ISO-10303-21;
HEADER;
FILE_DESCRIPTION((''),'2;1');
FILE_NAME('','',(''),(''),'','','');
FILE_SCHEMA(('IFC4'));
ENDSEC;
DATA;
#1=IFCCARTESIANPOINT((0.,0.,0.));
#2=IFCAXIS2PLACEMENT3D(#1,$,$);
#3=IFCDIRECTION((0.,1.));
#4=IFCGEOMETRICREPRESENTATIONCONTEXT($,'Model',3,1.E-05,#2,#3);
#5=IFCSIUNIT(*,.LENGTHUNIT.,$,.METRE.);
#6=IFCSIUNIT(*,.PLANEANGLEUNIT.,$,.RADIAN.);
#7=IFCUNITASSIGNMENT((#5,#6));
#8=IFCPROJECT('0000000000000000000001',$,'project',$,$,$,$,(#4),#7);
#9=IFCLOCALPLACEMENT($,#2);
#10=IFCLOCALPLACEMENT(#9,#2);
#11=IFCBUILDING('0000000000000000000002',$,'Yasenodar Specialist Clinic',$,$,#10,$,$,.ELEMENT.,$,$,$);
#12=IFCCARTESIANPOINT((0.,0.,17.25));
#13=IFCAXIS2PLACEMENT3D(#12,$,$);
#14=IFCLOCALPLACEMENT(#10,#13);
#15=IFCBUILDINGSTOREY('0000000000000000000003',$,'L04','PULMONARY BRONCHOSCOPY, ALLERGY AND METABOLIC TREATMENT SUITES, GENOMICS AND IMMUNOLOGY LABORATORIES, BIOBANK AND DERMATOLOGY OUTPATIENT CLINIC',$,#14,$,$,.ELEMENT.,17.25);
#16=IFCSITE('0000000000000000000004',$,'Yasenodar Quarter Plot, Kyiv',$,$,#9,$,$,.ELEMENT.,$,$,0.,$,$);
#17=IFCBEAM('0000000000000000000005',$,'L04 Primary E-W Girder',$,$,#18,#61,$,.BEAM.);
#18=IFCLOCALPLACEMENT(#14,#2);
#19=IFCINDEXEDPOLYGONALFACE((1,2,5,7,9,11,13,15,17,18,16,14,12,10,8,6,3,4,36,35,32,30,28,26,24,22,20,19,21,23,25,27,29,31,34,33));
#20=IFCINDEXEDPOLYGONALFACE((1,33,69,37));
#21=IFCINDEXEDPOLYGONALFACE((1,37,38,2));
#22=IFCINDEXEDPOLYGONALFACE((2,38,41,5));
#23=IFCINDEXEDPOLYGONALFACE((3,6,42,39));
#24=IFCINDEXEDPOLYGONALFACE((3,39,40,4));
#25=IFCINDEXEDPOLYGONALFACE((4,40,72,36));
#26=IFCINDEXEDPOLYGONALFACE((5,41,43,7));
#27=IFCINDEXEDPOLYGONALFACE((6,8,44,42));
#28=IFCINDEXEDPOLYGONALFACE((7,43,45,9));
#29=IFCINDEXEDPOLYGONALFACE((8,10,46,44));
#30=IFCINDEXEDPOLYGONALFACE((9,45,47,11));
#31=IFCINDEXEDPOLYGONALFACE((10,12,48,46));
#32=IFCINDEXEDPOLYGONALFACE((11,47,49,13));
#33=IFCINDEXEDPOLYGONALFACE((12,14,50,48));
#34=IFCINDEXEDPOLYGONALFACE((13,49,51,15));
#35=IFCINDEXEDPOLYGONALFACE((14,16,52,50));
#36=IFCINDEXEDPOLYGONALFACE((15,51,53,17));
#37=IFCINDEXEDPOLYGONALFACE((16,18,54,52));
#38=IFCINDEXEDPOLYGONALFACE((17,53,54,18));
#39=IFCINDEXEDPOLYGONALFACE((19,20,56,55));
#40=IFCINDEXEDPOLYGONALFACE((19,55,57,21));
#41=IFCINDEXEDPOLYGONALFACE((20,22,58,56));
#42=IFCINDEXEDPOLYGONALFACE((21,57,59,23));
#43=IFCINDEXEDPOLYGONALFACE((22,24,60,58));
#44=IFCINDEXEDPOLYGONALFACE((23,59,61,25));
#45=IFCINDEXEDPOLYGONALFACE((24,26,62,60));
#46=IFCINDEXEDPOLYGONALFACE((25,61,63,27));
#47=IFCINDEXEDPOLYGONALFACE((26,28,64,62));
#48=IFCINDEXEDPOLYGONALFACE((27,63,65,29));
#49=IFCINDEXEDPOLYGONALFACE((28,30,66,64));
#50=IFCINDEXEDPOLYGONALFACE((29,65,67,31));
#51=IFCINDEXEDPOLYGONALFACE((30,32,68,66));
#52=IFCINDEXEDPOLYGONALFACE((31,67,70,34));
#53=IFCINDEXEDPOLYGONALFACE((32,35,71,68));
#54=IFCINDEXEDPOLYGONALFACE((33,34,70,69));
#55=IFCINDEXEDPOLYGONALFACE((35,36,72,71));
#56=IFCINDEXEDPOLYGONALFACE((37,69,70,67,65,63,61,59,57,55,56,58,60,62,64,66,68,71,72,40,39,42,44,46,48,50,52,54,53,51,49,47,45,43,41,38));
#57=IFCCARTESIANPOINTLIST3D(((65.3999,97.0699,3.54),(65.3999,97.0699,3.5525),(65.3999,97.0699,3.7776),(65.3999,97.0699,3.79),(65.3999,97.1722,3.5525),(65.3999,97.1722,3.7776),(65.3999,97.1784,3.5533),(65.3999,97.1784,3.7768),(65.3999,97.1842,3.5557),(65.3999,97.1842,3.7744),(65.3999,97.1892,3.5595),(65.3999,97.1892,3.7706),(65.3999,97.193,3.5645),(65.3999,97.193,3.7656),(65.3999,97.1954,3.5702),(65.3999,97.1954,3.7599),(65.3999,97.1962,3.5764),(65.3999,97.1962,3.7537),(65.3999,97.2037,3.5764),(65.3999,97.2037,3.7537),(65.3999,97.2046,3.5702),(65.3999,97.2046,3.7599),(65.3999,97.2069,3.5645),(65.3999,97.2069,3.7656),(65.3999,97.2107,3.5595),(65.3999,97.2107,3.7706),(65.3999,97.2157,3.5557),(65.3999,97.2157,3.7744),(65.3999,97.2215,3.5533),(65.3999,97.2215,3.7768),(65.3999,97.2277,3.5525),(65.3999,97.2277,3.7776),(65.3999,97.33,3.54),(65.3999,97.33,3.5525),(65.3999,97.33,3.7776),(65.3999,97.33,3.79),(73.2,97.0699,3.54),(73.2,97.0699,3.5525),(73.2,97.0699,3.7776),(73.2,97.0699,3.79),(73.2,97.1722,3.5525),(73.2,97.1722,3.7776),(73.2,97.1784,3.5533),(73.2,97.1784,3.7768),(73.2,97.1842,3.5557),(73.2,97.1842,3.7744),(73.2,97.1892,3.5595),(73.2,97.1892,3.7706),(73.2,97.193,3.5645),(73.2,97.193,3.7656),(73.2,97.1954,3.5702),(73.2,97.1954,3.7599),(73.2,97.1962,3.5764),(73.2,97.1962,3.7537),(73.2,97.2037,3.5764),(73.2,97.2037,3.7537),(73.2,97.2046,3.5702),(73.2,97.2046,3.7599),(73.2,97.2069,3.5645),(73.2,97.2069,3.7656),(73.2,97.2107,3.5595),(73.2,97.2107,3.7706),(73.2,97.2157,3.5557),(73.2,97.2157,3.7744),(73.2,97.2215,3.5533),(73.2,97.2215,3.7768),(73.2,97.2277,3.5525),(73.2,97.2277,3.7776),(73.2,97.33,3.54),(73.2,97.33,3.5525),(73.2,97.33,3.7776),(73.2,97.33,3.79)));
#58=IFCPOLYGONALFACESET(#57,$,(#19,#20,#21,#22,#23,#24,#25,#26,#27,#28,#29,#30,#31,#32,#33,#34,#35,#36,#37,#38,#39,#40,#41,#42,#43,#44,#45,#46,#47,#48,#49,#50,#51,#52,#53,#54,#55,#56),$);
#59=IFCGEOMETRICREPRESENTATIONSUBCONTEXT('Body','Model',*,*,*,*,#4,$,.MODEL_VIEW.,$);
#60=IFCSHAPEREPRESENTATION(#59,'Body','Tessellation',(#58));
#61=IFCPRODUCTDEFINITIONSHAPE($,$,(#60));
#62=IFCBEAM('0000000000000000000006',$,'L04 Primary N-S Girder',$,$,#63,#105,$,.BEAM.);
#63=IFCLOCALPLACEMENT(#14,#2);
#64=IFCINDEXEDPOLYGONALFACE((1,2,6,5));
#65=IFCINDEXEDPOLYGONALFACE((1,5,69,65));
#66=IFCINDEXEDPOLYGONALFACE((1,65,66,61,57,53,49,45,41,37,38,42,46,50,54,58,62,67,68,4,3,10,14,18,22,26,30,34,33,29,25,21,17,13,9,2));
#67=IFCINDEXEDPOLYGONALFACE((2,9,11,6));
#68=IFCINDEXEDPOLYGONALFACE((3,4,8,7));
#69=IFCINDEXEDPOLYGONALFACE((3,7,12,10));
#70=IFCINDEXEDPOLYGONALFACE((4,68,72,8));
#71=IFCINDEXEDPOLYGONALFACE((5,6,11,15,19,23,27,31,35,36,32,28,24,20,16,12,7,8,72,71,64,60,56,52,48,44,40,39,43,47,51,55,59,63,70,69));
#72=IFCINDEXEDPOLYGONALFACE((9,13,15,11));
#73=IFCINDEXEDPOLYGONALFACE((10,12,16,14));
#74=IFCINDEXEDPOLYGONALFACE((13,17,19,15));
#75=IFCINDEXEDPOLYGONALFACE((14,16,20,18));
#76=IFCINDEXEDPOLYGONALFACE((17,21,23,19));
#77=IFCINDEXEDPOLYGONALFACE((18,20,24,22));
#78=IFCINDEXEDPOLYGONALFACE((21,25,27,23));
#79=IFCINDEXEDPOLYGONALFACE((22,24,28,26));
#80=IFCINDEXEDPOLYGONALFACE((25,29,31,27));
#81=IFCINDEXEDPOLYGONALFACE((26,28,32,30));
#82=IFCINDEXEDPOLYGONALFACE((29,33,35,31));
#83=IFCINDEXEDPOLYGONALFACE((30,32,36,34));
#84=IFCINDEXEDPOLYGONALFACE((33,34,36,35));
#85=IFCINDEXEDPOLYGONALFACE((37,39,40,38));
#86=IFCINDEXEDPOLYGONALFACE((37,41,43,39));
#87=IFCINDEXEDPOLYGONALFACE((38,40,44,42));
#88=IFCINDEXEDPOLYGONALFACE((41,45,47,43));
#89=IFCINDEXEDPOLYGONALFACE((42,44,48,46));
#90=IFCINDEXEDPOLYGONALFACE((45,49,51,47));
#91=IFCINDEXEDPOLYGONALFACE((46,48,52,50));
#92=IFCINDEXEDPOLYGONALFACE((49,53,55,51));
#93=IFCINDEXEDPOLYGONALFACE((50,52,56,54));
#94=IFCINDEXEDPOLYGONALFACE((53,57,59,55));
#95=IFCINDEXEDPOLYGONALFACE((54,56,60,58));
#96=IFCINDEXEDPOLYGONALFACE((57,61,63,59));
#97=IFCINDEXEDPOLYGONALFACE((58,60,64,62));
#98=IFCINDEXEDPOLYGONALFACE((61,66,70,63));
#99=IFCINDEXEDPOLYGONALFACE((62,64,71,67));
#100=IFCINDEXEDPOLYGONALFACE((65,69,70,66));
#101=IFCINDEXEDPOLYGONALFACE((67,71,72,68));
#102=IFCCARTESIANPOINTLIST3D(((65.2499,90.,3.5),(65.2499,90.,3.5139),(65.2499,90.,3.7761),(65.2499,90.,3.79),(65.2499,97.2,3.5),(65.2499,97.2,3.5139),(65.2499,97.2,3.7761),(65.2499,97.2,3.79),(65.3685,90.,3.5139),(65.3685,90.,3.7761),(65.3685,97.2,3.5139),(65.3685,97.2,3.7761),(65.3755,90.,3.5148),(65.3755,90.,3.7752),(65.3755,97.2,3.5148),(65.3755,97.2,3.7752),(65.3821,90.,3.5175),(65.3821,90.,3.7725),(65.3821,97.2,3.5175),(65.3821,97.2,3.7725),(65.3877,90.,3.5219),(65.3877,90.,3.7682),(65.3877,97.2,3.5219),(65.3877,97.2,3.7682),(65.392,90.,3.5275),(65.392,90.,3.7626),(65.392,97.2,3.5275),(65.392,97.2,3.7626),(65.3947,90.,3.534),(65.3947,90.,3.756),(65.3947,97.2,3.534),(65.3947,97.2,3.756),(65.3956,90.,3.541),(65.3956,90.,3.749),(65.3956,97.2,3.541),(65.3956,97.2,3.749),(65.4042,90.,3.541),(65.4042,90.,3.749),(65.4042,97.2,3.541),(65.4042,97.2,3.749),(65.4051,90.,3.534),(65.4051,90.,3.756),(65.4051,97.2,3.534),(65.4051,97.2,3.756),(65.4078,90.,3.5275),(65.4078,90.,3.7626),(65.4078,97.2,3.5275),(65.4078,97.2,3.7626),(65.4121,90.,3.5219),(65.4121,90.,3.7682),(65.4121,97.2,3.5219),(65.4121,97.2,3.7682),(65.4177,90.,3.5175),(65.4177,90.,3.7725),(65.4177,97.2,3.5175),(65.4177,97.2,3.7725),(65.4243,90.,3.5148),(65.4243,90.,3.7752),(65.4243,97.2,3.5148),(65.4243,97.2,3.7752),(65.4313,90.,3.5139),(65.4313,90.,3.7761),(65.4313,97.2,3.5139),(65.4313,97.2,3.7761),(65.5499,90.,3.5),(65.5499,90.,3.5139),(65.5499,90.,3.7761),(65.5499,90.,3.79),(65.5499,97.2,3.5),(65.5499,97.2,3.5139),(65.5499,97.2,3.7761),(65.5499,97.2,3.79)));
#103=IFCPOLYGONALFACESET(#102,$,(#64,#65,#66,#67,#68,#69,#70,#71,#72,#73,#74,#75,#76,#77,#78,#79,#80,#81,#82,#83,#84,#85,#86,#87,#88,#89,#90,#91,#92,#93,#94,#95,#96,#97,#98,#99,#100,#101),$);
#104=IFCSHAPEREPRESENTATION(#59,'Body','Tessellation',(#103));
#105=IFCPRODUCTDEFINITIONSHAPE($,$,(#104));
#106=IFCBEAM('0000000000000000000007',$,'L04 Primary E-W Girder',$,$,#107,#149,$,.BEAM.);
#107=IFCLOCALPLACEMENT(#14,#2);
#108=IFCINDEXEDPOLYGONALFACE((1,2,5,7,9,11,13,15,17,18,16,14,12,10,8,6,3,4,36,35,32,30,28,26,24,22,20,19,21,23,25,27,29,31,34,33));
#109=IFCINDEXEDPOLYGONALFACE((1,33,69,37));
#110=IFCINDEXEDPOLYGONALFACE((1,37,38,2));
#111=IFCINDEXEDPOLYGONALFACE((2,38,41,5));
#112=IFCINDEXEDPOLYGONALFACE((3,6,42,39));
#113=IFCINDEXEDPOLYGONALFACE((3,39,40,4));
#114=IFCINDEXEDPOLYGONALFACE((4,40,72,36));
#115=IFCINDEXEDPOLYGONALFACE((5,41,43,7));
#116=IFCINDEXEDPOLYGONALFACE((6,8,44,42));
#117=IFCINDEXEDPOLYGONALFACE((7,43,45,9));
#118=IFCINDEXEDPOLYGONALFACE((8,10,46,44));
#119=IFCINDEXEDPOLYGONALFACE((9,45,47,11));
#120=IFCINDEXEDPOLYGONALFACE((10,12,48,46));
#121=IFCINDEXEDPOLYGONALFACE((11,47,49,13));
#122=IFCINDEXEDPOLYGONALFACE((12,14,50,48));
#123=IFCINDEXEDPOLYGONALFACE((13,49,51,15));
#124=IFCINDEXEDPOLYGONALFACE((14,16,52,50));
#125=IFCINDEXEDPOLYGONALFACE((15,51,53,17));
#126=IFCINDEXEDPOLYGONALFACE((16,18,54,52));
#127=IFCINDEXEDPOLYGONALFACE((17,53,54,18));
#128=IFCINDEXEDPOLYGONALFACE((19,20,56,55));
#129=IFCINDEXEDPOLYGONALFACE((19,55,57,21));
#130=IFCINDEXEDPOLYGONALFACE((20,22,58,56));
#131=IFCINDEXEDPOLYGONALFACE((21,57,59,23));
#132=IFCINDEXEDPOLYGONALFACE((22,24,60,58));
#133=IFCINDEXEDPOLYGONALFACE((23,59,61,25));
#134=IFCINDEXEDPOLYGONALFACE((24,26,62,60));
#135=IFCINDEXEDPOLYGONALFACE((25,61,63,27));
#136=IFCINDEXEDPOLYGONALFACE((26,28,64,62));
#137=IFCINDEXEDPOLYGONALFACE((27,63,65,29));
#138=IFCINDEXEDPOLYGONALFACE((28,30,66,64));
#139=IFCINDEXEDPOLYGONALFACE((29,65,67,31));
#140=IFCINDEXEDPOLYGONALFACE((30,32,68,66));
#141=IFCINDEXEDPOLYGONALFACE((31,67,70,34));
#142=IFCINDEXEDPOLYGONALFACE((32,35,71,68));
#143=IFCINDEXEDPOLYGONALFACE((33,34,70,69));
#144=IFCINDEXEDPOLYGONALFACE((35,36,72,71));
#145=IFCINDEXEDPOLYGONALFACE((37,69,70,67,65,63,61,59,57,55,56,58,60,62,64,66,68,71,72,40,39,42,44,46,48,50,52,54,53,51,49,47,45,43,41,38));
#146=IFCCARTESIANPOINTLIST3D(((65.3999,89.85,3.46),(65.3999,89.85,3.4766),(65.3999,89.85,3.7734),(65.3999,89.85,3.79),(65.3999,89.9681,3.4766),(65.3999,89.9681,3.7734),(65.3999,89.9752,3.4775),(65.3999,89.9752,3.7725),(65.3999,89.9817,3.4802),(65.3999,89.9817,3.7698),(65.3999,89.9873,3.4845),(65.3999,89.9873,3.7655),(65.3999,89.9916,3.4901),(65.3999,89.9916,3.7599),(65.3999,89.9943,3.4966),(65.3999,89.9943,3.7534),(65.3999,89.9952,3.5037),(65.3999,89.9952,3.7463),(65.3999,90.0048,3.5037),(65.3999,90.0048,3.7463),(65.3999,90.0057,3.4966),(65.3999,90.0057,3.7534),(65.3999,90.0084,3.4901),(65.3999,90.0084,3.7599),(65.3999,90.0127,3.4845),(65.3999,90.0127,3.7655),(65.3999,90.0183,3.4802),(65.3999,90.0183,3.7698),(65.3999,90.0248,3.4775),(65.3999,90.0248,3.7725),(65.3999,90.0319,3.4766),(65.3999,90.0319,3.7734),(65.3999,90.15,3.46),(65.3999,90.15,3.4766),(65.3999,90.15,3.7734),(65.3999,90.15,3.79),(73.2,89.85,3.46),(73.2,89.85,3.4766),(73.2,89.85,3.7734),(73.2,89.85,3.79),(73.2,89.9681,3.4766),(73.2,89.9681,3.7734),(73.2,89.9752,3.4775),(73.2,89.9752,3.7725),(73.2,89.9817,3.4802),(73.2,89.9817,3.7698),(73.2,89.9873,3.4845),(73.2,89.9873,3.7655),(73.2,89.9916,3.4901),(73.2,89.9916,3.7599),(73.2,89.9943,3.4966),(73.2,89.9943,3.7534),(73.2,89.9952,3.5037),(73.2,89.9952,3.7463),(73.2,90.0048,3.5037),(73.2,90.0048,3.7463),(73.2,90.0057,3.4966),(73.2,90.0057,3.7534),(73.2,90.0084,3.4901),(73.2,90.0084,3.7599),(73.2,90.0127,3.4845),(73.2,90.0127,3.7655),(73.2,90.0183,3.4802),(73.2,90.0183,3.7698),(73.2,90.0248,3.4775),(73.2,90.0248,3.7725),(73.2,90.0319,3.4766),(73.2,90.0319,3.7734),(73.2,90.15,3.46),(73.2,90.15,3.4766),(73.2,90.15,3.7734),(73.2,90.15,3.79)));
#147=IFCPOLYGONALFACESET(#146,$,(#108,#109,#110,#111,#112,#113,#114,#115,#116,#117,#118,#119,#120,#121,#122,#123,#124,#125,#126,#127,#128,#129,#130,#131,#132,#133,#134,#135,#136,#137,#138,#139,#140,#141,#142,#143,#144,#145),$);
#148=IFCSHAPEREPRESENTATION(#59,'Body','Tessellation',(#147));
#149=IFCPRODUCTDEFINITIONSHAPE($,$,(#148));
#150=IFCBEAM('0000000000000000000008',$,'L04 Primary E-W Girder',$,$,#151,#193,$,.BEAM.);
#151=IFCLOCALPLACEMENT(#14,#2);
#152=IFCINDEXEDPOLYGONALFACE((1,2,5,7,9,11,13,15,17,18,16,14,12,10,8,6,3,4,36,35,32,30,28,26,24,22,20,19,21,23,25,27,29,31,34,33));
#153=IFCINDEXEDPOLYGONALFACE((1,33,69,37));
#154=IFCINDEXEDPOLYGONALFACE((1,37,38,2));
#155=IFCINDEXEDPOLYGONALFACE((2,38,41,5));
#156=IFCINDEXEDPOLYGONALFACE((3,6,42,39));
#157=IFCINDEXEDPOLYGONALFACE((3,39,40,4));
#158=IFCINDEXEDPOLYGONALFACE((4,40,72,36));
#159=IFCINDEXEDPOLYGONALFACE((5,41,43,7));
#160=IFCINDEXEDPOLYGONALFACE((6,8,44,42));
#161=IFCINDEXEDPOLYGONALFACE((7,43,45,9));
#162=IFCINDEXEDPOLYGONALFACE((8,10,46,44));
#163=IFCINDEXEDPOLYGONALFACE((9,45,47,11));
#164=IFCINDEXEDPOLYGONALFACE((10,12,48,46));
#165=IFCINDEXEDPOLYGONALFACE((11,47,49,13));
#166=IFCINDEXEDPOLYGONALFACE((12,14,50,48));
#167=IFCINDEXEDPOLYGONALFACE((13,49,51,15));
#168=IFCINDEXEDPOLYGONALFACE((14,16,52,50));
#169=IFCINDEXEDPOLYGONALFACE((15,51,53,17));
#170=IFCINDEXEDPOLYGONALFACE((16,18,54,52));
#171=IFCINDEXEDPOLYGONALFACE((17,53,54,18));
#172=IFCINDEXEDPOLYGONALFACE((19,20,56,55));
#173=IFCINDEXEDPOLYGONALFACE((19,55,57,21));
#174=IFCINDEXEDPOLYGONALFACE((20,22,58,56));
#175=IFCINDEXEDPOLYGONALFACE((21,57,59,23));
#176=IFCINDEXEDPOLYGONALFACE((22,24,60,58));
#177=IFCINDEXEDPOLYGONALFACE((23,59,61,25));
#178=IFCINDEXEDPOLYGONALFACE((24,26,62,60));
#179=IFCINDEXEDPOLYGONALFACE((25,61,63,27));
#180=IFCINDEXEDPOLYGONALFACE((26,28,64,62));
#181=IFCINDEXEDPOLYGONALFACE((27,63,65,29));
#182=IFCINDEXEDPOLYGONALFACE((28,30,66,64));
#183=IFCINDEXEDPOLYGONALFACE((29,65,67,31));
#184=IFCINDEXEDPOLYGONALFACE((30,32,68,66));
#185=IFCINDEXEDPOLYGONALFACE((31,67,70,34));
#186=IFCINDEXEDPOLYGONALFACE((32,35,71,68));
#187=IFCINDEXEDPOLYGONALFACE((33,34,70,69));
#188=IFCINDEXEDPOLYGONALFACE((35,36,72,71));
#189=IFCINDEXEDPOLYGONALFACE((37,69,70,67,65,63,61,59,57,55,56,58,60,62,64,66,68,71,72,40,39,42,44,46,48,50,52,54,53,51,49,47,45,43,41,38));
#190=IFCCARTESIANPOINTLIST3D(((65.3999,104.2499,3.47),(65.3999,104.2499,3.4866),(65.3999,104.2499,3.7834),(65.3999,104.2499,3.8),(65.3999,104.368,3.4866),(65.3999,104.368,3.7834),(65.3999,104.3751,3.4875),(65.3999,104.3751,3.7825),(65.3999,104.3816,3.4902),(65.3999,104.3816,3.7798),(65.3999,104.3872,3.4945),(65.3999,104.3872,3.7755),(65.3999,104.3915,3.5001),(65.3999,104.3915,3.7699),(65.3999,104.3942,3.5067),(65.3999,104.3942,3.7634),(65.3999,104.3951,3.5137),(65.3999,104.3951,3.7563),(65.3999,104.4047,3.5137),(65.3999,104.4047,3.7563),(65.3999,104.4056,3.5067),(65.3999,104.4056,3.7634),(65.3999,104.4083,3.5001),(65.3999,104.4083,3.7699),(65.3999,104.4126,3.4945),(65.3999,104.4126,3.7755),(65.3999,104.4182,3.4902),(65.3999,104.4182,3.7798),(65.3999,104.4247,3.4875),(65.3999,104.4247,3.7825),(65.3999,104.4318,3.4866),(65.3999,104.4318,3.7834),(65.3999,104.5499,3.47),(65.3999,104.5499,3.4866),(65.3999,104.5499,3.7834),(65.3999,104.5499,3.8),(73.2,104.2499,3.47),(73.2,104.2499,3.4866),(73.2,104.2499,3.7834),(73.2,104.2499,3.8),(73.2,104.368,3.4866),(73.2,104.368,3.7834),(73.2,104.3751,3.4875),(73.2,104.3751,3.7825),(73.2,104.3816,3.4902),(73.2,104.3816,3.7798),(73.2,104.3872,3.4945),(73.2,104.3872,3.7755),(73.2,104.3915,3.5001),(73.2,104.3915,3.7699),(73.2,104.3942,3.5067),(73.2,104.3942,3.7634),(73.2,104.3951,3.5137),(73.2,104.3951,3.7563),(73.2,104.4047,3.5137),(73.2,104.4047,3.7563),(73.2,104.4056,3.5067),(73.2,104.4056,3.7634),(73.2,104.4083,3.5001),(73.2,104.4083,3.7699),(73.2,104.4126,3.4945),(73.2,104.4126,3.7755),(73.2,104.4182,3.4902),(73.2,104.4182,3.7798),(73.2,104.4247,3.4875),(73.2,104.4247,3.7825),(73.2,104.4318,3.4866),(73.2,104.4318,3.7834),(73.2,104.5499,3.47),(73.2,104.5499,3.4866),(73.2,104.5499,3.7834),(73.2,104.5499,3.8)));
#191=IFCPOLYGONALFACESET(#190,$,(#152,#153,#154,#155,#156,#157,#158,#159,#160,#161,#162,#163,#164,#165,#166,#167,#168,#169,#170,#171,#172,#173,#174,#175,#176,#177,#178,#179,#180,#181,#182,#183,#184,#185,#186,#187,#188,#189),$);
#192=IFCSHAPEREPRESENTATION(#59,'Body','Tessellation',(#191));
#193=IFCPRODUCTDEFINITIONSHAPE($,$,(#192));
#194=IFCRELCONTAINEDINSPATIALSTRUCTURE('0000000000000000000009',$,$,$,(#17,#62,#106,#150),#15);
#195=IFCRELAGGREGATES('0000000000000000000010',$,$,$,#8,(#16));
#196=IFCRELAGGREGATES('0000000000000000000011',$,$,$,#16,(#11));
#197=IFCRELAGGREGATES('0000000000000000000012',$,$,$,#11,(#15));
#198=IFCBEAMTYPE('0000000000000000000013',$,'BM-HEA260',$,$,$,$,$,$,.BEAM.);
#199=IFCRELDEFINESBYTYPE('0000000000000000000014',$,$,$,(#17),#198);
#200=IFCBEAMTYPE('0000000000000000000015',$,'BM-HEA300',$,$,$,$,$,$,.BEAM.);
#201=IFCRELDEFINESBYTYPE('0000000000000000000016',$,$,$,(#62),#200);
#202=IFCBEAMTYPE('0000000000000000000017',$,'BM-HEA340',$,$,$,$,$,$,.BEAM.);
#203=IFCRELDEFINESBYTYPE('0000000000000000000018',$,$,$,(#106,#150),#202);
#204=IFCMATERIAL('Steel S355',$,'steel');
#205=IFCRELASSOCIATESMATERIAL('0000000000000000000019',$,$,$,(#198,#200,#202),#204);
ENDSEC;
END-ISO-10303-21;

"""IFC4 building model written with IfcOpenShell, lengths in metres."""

from ifc_helpers import new_model, si_unit, direction, frame, origin, origin_2d, place, context, subcontext, project, spatial, i_section, extrude, material, material_profile, profile_set, type_object, element, save


model = new_model("IFC4")

# Units and contexts
model_context = context("Model", 3, precision=1e-05, world=origin(), true_north=direction((0.0, 1.0)))
body_context = subcontext(model_context, "Body", "Model", "MODEL_VIEW")
ifc_project = project(units=[si_unit("LENGTHUNIT", "METRE"), si_unit("PLANEANGLEUNIT", "RADIAN")], contexts=[model_context])

# Site, building, storey
site_placement = place(None, origin())
site = spatial("IfcSite", under=ifc_project, at=site_placement, Name="Yasenodar Quarter Plot, Kyiv", CompositionType="ELEMENT", RefElevation=0.0)
building_placement = place(site_placement, origin())
building = spatial("IfcBuilding", under=site, at=building_placement, Name="Yasenodar Specialist Clinic", CompositionType="ELEMENT")
storey_placement = place(building_placement, frame((0.0, 0.0, 17.25)))
storey = spatial("IfcBuildingStorey", under=building, at=storey_placement, Name="L04", Description="PULMONARY BRONCHOSCOPY, ALLERGY AND METABOLIC TREATMENT SUITES, GENOMICS AND IMMUNOLOGY LABORATORIES, BIOBANK AND DERMATOLOGY OUTPATIENT CLINIC", CompositionType="ELEMENT", Elevation=17.25)

# Shared definitions
ifc_material_1 = material(Name="Steel S355", Category="steel")

# Beams
ifc_material_profile_1 = material_profile(ifc_material_1, i_section(OverallWidth=0.26, OverallDepth=0.25, WebThickness=0.0076, FlangeThickness=0.0125, FilletRadius=0.0239, at=origin_2d()), Name="HEA 260")
ifc_profile_set_1 = profile_set([ifc_material_profile_1], Name="Steel S355")
beam_type_1 = type_object("IfcBeamType", Name="BM-HEA260", PredefinedType="BEAM", material=ifc_profile_set_1)
beam_1_placement = place(storey_placement, frame((65.3999, 97.2, 3.665), z_axis=(1.0, 0.0, 0.0), x_axis=(0.0, 1.0, 0.0)))
element("IfcBeam", 1, at=beam_1_placement, inside=storey, type_object=beam_type_1, Name="L04 Primary E-W Girder", PredefinedType="BEAM", context=body_context, shape_type="SweptSolid", body=[
    extrude(i_section(OverallWidth=0.26, OverallDepth=0.25, WebThickness=0.0076, FlangeThickness=0.0125, FilletRadius=0.0239, at=origin_2d()), origin(), (0.0, 0.0, 1.0), 7.8),
])
ifc_material_profile_2 = material_profile(ifc_material_1, i_section(OverallWidth=0.3, OverallDepth=0.29, WebThickness=0.0085, FlangeThickness=0.0139, FilletRadius=0.0271, at=origin_2d()), Name="HEA 300")
ifc_profile_set_2 = profile_set([ifc_material_profile_2], Name="Steel S355")
beam_type_2 = type_object("IfcBeamType", Name="BM-HEA300", PredefinedType="BEAM", material=ifc_profile_set_2)
beam_2_placement = place(storey_placement, frame((65.3999, 90.0, 3.645), z_axis=(0.0, 1.0, 0.0), x_axis=(-1.0, 0.0, 0.0)))
element("IfcBeam", 2, at=beam_2_placement, inside=storey, type_object=beam_type_2, Name="L04 Primary N-S Girder", PredefinedType="BEAM", context=body_context, shape_type="SweptSolid", body=[
    extrude(i_section(OverallWidth=0.3, OverallDepth=0.29, WebThickness=0.0085, FlangeThickness=0.0139, FilletRadius=0.0271, at=origin_2d()), origin(), (0.0, 0.0, 1.0), 7.2),
])
ifc_material_profile_3 = material_profile(ifc_material_1, i_section(OverallWidth=0.3, OverallDepth=0.3301, WebThickness=0.0095, FlangeThickness=0.0166, FilletRadius=0.0271, at=origin_2d()), Name="HEA 340")
ifc_profile_set_3 = profile_set([ifc_material_profile_3], Name="Steel S355")
beam_type_3 = type_object("IfcBeamType", Name="BM-HEA340", PredefinedType="BEAM", material=ifc_profile_set_3)
for number, where, z_axis, x_axis, name in (
    (3, (65.3999, 90.0, 3.625), (1.0, 0.0, 0.0), (0.0, 1.0, 0.0), "L04 Primary E-W Girder"),
    (4, (65.3999, 104.3999, 3.635), (1.0, 0.0, 0.0), (0.0, 1.0, 0.0), "L04 Primary E-W Girder"),
):
    element("IfcBeam", number, at=place(storey_placement, frame(where, z_axis=z_axis, x_axis=x_axis)), inside=storey, type_object=beam_type_3, Name=name, PredefinedType="BEAM", context=body_context, shape_type="SweptSolid", body=[
        extrude(i_section(OverallWidth=0.3, OverallDepth=0.3301, WebThickness=0.0095, FlangeThickness=0.0166, FilletRadius=0.0271, at=origin_2d()), origin(), (0.0, 0.0, 1.0), 7.8),
    ])

save(model, "model.ifc")
